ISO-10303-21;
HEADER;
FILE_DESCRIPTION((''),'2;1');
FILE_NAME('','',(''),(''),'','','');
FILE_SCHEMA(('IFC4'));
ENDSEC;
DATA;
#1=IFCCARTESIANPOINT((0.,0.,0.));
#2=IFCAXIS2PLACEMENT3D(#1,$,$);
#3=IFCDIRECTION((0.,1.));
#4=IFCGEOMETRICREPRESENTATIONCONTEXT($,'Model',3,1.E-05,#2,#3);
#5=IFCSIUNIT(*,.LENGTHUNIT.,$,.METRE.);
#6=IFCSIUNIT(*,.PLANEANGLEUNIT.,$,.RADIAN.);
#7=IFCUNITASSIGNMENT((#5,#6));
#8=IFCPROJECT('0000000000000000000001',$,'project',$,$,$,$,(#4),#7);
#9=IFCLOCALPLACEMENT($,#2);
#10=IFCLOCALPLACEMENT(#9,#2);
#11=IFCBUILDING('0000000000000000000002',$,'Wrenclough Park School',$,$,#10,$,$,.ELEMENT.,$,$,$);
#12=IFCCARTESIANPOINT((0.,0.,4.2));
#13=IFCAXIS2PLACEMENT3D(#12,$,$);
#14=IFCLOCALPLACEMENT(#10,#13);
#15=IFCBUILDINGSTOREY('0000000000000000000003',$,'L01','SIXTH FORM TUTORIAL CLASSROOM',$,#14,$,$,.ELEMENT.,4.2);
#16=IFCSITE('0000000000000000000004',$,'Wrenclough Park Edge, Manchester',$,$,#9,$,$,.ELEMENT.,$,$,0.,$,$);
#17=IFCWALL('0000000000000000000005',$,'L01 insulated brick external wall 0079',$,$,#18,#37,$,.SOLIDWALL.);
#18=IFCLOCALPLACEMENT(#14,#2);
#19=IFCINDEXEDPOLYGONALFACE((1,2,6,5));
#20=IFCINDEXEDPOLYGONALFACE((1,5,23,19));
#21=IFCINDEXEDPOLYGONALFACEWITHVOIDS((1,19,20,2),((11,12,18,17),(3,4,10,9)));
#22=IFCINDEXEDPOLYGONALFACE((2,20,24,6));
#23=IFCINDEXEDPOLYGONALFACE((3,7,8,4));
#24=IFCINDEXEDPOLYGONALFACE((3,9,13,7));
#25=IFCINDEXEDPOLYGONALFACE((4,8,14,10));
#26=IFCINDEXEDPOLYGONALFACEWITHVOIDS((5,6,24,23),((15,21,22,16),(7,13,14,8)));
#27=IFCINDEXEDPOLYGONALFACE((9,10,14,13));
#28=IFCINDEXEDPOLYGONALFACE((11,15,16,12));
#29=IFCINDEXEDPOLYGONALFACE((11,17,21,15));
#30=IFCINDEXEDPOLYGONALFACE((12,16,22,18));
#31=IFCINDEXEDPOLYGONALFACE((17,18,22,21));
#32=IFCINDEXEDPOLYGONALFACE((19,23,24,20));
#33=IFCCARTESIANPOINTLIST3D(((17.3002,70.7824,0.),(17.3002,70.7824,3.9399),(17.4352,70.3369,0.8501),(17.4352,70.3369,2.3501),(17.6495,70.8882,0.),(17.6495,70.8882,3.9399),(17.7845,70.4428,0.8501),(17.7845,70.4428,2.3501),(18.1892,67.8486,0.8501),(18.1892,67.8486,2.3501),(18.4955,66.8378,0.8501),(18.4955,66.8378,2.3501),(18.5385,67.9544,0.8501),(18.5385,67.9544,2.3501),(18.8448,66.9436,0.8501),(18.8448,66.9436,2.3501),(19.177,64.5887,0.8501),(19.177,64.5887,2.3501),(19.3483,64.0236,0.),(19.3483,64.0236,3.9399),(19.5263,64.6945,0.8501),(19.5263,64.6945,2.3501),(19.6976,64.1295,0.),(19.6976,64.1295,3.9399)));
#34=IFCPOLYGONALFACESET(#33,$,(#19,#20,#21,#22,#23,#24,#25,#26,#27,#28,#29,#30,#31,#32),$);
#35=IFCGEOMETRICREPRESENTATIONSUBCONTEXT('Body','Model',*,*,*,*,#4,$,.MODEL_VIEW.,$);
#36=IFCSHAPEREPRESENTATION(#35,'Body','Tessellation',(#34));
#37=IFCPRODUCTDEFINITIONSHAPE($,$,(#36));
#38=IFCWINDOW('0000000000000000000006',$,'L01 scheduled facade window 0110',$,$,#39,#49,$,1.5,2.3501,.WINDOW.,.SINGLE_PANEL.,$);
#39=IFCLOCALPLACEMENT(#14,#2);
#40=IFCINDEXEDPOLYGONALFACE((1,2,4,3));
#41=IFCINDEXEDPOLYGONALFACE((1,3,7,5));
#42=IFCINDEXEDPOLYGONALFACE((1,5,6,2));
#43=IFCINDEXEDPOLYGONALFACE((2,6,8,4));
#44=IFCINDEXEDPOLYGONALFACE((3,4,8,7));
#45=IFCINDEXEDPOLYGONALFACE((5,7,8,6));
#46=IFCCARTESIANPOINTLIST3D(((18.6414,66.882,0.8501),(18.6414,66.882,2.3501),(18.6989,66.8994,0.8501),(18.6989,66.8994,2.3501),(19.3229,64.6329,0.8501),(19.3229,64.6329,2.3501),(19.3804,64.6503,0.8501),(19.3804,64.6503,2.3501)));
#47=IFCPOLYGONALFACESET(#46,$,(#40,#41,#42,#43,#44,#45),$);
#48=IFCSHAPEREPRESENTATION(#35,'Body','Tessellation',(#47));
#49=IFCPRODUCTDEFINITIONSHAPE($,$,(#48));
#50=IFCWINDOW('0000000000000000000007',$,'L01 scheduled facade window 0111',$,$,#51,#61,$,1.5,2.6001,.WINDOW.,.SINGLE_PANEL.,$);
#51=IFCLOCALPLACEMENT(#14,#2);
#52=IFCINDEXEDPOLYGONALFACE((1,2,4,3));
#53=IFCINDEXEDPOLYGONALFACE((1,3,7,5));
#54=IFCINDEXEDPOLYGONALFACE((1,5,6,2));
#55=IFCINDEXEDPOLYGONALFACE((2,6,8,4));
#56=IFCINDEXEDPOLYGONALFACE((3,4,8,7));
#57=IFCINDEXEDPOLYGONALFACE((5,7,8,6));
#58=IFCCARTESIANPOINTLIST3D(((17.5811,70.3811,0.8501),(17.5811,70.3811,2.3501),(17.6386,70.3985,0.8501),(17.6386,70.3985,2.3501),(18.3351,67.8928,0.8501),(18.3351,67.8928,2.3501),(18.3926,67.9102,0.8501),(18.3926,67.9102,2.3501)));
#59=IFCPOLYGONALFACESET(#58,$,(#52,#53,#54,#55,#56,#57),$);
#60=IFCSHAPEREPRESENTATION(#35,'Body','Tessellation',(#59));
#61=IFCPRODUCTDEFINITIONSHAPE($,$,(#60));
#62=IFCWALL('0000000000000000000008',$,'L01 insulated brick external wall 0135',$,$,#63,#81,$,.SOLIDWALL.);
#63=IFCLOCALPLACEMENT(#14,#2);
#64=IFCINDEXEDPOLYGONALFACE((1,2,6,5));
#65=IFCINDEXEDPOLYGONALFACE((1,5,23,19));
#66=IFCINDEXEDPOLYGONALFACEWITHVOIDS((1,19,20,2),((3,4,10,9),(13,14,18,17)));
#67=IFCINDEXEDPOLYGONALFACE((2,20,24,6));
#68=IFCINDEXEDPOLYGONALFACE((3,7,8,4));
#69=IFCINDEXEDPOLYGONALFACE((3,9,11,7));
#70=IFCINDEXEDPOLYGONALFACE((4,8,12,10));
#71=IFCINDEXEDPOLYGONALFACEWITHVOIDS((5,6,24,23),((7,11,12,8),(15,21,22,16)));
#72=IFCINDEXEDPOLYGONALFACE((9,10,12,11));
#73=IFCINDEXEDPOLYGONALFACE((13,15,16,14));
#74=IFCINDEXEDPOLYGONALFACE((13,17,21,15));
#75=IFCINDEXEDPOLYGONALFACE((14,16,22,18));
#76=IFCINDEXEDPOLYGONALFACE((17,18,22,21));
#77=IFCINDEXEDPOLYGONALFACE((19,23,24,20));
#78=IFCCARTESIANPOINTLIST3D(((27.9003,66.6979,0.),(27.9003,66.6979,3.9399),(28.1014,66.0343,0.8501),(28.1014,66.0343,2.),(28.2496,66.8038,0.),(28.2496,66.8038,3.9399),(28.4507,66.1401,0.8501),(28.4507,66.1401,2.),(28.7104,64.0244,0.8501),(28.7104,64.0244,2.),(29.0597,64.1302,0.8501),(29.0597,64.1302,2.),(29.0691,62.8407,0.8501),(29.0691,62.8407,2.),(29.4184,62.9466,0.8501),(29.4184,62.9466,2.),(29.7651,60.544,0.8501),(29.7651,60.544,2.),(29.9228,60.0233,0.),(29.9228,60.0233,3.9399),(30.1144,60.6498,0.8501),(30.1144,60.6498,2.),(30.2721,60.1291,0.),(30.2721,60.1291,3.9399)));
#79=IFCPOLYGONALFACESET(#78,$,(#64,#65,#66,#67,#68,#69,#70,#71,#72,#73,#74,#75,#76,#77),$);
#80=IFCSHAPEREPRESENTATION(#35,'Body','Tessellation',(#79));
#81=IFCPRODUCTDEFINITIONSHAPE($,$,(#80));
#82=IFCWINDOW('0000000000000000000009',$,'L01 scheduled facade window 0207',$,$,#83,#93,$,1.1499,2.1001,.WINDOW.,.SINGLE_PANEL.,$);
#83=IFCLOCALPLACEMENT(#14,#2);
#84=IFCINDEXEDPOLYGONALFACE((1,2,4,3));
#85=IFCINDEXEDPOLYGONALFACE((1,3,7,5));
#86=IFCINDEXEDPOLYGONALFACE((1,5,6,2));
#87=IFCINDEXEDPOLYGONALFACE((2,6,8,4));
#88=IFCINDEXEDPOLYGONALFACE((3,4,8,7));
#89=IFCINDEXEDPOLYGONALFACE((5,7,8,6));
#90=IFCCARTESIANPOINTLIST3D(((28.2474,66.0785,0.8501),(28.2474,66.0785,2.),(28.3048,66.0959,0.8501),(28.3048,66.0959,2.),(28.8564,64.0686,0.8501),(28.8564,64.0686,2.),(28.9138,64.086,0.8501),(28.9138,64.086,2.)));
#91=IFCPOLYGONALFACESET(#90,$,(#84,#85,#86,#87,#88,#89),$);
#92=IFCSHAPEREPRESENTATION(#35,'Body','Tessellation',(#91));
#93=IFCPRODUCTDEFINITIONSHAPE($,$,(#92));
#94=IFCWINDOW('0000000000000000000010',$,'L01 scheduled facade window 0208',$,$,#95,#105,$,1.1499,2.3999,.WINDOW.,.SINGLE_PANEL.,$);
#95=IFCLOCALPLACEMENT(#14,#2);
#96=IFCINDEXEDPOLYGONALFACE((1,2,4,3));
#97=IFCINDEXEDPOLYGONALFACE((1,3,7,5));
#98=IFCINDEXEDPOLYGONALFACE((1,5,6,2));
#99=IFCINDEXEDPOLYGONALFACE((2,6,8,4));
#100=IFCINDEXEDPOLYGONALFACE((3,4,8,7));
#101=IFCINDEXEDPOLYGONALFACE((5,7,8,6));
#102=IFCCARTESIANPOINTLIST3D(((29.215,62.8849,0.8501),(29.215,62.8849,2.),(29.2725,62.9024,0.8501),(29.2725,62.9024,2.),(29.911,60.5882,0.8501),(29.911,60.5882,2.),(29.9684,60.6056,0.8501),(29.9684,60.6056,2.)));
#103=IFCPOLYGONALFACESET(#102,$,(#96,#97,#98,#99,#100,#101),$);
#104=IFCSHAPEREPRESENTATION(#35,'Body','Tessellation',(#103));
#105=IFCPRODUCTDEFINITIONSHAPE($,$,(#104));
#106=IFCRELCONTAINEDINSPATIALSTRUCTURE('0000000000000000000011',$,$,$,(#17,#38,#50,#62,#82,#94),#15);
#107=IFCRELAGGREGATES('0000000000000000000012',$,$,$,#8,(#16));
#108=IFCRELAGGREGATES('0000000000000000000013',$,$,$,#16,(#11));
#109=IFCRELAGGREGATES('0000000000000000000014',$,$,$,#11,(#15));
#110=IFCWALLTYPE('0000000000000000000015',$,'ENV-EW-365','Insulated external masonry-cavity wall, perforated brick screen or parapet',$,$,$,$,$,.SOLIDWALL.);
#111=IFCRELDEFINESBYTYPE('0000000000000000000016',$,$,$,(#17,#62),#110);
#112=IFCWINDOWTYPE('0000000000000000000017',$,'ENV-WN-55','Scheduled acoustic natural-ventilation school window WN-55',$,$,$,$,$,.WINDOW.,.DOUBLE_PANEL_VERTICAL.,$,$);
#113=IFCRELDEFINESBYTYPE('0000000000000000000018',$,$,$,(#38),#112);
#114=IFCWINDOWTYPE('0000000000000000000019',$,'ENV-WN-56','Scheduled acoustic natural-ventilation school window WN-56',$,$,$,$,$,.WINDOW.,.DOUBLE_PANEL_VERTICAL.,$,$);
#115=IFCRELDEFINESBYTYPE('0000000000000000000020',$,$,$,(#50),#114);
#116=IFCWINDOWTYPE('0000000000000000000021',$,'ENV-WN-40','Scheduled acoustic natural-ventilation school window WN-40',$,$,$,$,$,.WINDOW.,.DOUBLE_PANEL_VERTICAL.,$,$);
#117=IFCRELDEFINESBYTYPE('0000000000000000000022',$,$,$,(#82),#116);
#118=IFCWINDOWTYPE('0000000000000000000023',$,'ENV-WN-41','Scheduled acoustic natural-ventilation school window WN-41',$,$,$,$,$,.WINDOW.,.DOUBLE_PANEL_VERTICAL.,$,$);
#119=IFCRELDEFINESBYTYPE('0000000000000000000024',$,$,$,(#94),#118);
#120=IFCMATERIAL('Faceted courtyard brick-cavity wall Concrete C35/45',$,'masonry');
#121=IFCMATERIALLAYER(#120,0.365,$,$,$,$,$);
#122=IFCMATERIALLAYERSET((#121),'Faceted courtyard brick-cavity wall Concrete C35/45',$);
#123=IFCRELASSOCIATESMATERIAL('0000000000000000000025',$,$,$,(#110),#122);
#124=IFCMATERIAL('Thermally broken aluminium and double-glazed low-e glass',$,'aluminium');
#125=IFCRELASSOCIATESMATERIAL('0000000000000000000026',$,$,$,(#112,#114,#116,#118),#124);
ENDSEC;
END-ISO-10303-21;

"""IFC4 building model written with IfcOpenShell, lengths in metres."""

from ifc_helpers import new_model, si_unit, direction, frame, frame_2d, origin, place, context, subcontext, project, spatial, rectangle, extrude, material, layer, layer_set, type_object, element, fill, save


model = new_model("IFC4")

# Units and contexts
model_context = context("Model", 3, precision=1e-05, world=origin(), true_north=direction((0.0, 1.0)))
body_context = subcontext(model_context, "Body", "Model", "MODEL_VIEW")
ifc_project = project(units=[si_unit("LENGTHUNIT", "METRE"), si_unit("PLANEANGLEUNIT", "RADIAN")], contexts=[model_context])

# Site, building, storey
site_placement = place(None, origin())
site = spatial("IfcSite", under=ifc_project, at=site_placement, Name="Wrenclough Park Edge, Manchester", CompositionType="ELEMENT", RefElevation=0.0)
building_placement = place(site_placement, origin())
building = spatial("IfcBuilding", under=site, at=building_placement, Name="Wrenclough Park School", CompositionType="ELEMENT")
storey_placement = place(building_placement, frame((0.0, 0.0, 4.2)))
storey = spatial("IfcBuildingStorey", under=building, at=storey_placement, Name="L01", Description="SIXTH FORM TUTORIAL CLASSROOM", CompositionType="ELEMENT", Elevation=4.2)

# Walls, openings, windows
ifc_material_1 = material(Name="Faceted courtyard brick-cavity wall Concrete C35/45", Category="masonry")
ifc_layer = layer(ifc_material_1, 0.365)
ifc_layer_set = layer_set([ifc_layer], Name="Faceted courtyard brick-cavity wall Concrete C35/45")
wall_type = type_object("IfcWallType", Name="ENV-EW-365", Description="Insulated external masonry-cavity wall, perforated brick screen or parapet", PredefinedType="SOLIDWALL", material=ifc_layer_set)
wall_1_placement = place(storey_placement, frame((19.5229, 64.0764, 0.0), z_axis=(0.0, 0.0, 1.0), x_axis=(-0.290005, 0.957025, 0.0)))
wall_1 = element("IfcWall", 1, at=wall_1_placement, inside=storey, type_object=wall_type, Name="L01 insulated brick external wall 0079", PredefinedType="SOLIDWALL", context=body_context, shape_type="SweptSolid", body=[
    extrude(rectangle(XDim=7.0623, YDim=0.365, at=frame_2d((3.5312, 0.0))), origin(), (0.0, 0.0, 1.0), 3.9399),
])
opening_1_placement = place(wall_1_placement, frame((0.5906, 0.0, 0.8501)))
opening_1 = element("IfcOpeningElement", 2, at=opening_1_placement, cuts=wall_1, PredefinedType="OPENING", context=body_context, shape_type="SweptSolid", body=[
    extrude(rectangle(XDim=2.3501, YDim=1.5, at=frame_2d((1.175, 0.75))), frame((0.0, 0.1924, 0.0), z_axis=(0.0, -1.0, 0.0), x_axis=(1.0, 0.0, 0.0)), (0.0, 0.0, 1.0), 0.385),
])
opening_2_placement = place(wall_1_placement, frame((3.9968, 0.0, 0.8501)))
opening_2 = element("IfcOpeningElement", 3, at=opening_2_placement, cuts=wall_1, PredefinedType="OPENING", context=body_context, shape_type="SweptSolid", body=[
    extrude(rectangle(XDim=2.6001, YDim=1.5, at=frame_2d((1.3, 0.75))), frame((0.0, 0.1924, 0.0), z_axis=(0.0, -1.0, 0.0), x_axis=(1.0, 0.0, 0.0)), (0.0, 0.0, 1.0), 0.385),
])
ifc_material_2 = material(Name="Thermally broken aluminium and double-glazed low-e glass", Category="aluminium")
window_type_1 = type_object("IfcWindowType", Name="ENV-WN-55", Description="Scheduled acoustic natural-ventilation school window WN-55", PartitioningType="DOUBLE_PANEL_VERTICAL", PredefinedType="WINDOW", material=ifc_material_2)
window_1_placement = place(opening_1_placement, origin())
window_1 = element("IfcWindow", 4, at=window_1_placement, inside=storey, type_object=window_type_1, Name="L01 scheduled facade window 0110", OverallHeight=1.5, OverallWidth=2.3501, PartitioningType="SINGLE_PANEL", PredefinedType="WINDOW", context=body_context, shape_type="SweptSolid", body=[
    extrude(rectangle(XDim=2.3501, YDim=1.5, at=frame_2d((1.175, 0.75))), frame((0.0, 0.03, 0.0), z_axis=(0.0, -1.0, 0.0), x_axis=(1.0, 0.0, 0.0)), (0.0, 0.0, 1.0), 0.0601),
])
fill(opening_1, window_1)
window_type_2 = type_object("IfcWindowType", Name="ENV-WN-56", Description="Scheduled acoustic natural-ventilation school window WN-56", PartitioningType="DOUBLE_PANEL_VERTICAL", PredefinedType="WINDOW", material=ifc_material_2)
window_2_placement = place(opening_2_placement, origin())
window_2 = element("IfcWindow", 5, at=window_2_placement, inside=storey, type_object=window_type_2, Name="L01 scheduled facade window 0111", OverallHeight=1.5, OverallWidth=2.6001, PartitioningType="SINGLE_PANEL", PredefinedType="WINDOW", context=body_context, shape_type="SweptSolid", body=[
    extrude(rectangle(XDim=2.6001, YDim=1.5, at=frame_2d((1.3, 0.75))), frame((0.0, 0.03, 0.0), z_axis=(0.0, -1.0, 0.0), x_axis=(1.0, 0.0, 0.0)), (0.0, 0.0, 1.0), 0.0601),
])
fill(opening_2, window_2)
wall_2_placement = place(storey_placement, frame((28.075, 66.751, 0.0), z_axis=(0.0, 0.0, 1.0), x_axis=(0.28999, -0.95703, 0.0)))
wall_2 = element("IfcWall", 6, at=wall_2_placement, inside=storey, type_object=wall_type, Name="L01 insulated brick external wall 0135", PredefinedType="SOLIDWALL", context=body_context, shape_type="SweptSolid", body=[
    extrude(rectangle(XDim=6.9744, YDim=0.365, at=frame_2d((3.4873, 0.0))), origin(), (0.0, 0.0, 1.0), 3.9399),
])
opening_3_placement = place(wall_2_placement, frame((0.6936, 0.0, 0.8501)))
opening_3 = element("IfcOpeningElement", 7, at=opening_3_placement, cuts=wall_2, PredefinedType="OPENING", context=body_context, shape_type="SweptSolid", body=[
    extrude(rectangle(XDim=2.1001, YDim=1.1499, at=frame_2d((1.05, 0.575))), frame((0.0, 0.1924, 0.0), z_axis=(0.0, -1.0, 0.0), x_axis=(1.0, 0.0, 0.0)), (0.0, 0.0, 1.0), 0.385),
])
opening_4_placement = place(wall_2_placement, frame((4.0305, 0.0, 0.8501)))
opening_4 = element("IfcOpeningElement", 8, at=opening_4_placement, cuts=wall_2, PredefinedType="OPENING", context=body_context, shape_type="SweptSolid", body=[
    extrude(rectangle(XDim=2.3999, YDim=1.1499, at=frame_2d((1.2, 0.575))), frame((0.0, 0.1924, 0.0), z_axis=(0.0, -1.0, 0.0), x_axis=(1.0, 0.0, 0.0)), (0.0, 0.0, 1.0), 0.385),
])
window_type_3 = type_object("IfcWindowType", Name="ENV-WN-40", Description="Scheduled acoustic natural-ventilation school window WN-40", PartitioningType="DOUBLE_PANEL_VERTICAL", PredefinedType="WINDOW", material=ifc_material_2)
window_3_placement = place(opening_3_placement, origin())
window_3 = element("IfcWindow", 9, at=window_3_placement, inside=storey, type_object=window_type_3, Name="L01 scheduled facade window 0207", OverallHeight=1.1499, OverallWidth=2.1001, PartitioningType="SINGLE_PANEL", PredefinedType="WINDOW", context=body_context, shape_type="SweptSolid", body=[
    extrude(rectangle(XDim=2.1001, YDim=1.1499, at=frame_2d((1.05, 0.575))), frame((0.0, 0.03, 0.0), z_axis=(0.0, -1.0, 0.0), x_axis=(1.0, 0.0, 0.0)), (0.0, 0.0, 1.0), 0.0601),
])
fill(opening_3, window_3)
window_type_4 = type_object("IfcWindowType", Name="ENV-WN-41", Description="Scheduled acoustic natural-ventilation school window WN-41", PartitioningType="DOUBLE_PANEL_VERTICAL", PredefinedType="WINDOW", material=ifc_material_2)
window_4_placement = place(opening_4_placement, origin())
window_4 = element("IfcWindow", 10, at=window_4_placement, inside=storey, type_object=window_type_4, Name="L01 scheduled facade window 0208", OverallHeight=1.1499, OverallWidth=2.3999, PartitioningType="SINGLE_PANEL", PredefinedType="WINDOW", context=body_context, shape_type="SweptSolid", body=[
    extrude(rectangle(XDim=2.3999, YDim=1.1499, at=frame_2d((1.2, 0.575))), frame((0.0, 0.03, 0.0), z_axis=(0.0, -1.0, 0.0), x_axis=(1.0, 0.0, 0.0)), (0.0, 0.0, 1.0), 0.0601),
])
fill(opening_4, window_4)

save(model, "model.ifc")
